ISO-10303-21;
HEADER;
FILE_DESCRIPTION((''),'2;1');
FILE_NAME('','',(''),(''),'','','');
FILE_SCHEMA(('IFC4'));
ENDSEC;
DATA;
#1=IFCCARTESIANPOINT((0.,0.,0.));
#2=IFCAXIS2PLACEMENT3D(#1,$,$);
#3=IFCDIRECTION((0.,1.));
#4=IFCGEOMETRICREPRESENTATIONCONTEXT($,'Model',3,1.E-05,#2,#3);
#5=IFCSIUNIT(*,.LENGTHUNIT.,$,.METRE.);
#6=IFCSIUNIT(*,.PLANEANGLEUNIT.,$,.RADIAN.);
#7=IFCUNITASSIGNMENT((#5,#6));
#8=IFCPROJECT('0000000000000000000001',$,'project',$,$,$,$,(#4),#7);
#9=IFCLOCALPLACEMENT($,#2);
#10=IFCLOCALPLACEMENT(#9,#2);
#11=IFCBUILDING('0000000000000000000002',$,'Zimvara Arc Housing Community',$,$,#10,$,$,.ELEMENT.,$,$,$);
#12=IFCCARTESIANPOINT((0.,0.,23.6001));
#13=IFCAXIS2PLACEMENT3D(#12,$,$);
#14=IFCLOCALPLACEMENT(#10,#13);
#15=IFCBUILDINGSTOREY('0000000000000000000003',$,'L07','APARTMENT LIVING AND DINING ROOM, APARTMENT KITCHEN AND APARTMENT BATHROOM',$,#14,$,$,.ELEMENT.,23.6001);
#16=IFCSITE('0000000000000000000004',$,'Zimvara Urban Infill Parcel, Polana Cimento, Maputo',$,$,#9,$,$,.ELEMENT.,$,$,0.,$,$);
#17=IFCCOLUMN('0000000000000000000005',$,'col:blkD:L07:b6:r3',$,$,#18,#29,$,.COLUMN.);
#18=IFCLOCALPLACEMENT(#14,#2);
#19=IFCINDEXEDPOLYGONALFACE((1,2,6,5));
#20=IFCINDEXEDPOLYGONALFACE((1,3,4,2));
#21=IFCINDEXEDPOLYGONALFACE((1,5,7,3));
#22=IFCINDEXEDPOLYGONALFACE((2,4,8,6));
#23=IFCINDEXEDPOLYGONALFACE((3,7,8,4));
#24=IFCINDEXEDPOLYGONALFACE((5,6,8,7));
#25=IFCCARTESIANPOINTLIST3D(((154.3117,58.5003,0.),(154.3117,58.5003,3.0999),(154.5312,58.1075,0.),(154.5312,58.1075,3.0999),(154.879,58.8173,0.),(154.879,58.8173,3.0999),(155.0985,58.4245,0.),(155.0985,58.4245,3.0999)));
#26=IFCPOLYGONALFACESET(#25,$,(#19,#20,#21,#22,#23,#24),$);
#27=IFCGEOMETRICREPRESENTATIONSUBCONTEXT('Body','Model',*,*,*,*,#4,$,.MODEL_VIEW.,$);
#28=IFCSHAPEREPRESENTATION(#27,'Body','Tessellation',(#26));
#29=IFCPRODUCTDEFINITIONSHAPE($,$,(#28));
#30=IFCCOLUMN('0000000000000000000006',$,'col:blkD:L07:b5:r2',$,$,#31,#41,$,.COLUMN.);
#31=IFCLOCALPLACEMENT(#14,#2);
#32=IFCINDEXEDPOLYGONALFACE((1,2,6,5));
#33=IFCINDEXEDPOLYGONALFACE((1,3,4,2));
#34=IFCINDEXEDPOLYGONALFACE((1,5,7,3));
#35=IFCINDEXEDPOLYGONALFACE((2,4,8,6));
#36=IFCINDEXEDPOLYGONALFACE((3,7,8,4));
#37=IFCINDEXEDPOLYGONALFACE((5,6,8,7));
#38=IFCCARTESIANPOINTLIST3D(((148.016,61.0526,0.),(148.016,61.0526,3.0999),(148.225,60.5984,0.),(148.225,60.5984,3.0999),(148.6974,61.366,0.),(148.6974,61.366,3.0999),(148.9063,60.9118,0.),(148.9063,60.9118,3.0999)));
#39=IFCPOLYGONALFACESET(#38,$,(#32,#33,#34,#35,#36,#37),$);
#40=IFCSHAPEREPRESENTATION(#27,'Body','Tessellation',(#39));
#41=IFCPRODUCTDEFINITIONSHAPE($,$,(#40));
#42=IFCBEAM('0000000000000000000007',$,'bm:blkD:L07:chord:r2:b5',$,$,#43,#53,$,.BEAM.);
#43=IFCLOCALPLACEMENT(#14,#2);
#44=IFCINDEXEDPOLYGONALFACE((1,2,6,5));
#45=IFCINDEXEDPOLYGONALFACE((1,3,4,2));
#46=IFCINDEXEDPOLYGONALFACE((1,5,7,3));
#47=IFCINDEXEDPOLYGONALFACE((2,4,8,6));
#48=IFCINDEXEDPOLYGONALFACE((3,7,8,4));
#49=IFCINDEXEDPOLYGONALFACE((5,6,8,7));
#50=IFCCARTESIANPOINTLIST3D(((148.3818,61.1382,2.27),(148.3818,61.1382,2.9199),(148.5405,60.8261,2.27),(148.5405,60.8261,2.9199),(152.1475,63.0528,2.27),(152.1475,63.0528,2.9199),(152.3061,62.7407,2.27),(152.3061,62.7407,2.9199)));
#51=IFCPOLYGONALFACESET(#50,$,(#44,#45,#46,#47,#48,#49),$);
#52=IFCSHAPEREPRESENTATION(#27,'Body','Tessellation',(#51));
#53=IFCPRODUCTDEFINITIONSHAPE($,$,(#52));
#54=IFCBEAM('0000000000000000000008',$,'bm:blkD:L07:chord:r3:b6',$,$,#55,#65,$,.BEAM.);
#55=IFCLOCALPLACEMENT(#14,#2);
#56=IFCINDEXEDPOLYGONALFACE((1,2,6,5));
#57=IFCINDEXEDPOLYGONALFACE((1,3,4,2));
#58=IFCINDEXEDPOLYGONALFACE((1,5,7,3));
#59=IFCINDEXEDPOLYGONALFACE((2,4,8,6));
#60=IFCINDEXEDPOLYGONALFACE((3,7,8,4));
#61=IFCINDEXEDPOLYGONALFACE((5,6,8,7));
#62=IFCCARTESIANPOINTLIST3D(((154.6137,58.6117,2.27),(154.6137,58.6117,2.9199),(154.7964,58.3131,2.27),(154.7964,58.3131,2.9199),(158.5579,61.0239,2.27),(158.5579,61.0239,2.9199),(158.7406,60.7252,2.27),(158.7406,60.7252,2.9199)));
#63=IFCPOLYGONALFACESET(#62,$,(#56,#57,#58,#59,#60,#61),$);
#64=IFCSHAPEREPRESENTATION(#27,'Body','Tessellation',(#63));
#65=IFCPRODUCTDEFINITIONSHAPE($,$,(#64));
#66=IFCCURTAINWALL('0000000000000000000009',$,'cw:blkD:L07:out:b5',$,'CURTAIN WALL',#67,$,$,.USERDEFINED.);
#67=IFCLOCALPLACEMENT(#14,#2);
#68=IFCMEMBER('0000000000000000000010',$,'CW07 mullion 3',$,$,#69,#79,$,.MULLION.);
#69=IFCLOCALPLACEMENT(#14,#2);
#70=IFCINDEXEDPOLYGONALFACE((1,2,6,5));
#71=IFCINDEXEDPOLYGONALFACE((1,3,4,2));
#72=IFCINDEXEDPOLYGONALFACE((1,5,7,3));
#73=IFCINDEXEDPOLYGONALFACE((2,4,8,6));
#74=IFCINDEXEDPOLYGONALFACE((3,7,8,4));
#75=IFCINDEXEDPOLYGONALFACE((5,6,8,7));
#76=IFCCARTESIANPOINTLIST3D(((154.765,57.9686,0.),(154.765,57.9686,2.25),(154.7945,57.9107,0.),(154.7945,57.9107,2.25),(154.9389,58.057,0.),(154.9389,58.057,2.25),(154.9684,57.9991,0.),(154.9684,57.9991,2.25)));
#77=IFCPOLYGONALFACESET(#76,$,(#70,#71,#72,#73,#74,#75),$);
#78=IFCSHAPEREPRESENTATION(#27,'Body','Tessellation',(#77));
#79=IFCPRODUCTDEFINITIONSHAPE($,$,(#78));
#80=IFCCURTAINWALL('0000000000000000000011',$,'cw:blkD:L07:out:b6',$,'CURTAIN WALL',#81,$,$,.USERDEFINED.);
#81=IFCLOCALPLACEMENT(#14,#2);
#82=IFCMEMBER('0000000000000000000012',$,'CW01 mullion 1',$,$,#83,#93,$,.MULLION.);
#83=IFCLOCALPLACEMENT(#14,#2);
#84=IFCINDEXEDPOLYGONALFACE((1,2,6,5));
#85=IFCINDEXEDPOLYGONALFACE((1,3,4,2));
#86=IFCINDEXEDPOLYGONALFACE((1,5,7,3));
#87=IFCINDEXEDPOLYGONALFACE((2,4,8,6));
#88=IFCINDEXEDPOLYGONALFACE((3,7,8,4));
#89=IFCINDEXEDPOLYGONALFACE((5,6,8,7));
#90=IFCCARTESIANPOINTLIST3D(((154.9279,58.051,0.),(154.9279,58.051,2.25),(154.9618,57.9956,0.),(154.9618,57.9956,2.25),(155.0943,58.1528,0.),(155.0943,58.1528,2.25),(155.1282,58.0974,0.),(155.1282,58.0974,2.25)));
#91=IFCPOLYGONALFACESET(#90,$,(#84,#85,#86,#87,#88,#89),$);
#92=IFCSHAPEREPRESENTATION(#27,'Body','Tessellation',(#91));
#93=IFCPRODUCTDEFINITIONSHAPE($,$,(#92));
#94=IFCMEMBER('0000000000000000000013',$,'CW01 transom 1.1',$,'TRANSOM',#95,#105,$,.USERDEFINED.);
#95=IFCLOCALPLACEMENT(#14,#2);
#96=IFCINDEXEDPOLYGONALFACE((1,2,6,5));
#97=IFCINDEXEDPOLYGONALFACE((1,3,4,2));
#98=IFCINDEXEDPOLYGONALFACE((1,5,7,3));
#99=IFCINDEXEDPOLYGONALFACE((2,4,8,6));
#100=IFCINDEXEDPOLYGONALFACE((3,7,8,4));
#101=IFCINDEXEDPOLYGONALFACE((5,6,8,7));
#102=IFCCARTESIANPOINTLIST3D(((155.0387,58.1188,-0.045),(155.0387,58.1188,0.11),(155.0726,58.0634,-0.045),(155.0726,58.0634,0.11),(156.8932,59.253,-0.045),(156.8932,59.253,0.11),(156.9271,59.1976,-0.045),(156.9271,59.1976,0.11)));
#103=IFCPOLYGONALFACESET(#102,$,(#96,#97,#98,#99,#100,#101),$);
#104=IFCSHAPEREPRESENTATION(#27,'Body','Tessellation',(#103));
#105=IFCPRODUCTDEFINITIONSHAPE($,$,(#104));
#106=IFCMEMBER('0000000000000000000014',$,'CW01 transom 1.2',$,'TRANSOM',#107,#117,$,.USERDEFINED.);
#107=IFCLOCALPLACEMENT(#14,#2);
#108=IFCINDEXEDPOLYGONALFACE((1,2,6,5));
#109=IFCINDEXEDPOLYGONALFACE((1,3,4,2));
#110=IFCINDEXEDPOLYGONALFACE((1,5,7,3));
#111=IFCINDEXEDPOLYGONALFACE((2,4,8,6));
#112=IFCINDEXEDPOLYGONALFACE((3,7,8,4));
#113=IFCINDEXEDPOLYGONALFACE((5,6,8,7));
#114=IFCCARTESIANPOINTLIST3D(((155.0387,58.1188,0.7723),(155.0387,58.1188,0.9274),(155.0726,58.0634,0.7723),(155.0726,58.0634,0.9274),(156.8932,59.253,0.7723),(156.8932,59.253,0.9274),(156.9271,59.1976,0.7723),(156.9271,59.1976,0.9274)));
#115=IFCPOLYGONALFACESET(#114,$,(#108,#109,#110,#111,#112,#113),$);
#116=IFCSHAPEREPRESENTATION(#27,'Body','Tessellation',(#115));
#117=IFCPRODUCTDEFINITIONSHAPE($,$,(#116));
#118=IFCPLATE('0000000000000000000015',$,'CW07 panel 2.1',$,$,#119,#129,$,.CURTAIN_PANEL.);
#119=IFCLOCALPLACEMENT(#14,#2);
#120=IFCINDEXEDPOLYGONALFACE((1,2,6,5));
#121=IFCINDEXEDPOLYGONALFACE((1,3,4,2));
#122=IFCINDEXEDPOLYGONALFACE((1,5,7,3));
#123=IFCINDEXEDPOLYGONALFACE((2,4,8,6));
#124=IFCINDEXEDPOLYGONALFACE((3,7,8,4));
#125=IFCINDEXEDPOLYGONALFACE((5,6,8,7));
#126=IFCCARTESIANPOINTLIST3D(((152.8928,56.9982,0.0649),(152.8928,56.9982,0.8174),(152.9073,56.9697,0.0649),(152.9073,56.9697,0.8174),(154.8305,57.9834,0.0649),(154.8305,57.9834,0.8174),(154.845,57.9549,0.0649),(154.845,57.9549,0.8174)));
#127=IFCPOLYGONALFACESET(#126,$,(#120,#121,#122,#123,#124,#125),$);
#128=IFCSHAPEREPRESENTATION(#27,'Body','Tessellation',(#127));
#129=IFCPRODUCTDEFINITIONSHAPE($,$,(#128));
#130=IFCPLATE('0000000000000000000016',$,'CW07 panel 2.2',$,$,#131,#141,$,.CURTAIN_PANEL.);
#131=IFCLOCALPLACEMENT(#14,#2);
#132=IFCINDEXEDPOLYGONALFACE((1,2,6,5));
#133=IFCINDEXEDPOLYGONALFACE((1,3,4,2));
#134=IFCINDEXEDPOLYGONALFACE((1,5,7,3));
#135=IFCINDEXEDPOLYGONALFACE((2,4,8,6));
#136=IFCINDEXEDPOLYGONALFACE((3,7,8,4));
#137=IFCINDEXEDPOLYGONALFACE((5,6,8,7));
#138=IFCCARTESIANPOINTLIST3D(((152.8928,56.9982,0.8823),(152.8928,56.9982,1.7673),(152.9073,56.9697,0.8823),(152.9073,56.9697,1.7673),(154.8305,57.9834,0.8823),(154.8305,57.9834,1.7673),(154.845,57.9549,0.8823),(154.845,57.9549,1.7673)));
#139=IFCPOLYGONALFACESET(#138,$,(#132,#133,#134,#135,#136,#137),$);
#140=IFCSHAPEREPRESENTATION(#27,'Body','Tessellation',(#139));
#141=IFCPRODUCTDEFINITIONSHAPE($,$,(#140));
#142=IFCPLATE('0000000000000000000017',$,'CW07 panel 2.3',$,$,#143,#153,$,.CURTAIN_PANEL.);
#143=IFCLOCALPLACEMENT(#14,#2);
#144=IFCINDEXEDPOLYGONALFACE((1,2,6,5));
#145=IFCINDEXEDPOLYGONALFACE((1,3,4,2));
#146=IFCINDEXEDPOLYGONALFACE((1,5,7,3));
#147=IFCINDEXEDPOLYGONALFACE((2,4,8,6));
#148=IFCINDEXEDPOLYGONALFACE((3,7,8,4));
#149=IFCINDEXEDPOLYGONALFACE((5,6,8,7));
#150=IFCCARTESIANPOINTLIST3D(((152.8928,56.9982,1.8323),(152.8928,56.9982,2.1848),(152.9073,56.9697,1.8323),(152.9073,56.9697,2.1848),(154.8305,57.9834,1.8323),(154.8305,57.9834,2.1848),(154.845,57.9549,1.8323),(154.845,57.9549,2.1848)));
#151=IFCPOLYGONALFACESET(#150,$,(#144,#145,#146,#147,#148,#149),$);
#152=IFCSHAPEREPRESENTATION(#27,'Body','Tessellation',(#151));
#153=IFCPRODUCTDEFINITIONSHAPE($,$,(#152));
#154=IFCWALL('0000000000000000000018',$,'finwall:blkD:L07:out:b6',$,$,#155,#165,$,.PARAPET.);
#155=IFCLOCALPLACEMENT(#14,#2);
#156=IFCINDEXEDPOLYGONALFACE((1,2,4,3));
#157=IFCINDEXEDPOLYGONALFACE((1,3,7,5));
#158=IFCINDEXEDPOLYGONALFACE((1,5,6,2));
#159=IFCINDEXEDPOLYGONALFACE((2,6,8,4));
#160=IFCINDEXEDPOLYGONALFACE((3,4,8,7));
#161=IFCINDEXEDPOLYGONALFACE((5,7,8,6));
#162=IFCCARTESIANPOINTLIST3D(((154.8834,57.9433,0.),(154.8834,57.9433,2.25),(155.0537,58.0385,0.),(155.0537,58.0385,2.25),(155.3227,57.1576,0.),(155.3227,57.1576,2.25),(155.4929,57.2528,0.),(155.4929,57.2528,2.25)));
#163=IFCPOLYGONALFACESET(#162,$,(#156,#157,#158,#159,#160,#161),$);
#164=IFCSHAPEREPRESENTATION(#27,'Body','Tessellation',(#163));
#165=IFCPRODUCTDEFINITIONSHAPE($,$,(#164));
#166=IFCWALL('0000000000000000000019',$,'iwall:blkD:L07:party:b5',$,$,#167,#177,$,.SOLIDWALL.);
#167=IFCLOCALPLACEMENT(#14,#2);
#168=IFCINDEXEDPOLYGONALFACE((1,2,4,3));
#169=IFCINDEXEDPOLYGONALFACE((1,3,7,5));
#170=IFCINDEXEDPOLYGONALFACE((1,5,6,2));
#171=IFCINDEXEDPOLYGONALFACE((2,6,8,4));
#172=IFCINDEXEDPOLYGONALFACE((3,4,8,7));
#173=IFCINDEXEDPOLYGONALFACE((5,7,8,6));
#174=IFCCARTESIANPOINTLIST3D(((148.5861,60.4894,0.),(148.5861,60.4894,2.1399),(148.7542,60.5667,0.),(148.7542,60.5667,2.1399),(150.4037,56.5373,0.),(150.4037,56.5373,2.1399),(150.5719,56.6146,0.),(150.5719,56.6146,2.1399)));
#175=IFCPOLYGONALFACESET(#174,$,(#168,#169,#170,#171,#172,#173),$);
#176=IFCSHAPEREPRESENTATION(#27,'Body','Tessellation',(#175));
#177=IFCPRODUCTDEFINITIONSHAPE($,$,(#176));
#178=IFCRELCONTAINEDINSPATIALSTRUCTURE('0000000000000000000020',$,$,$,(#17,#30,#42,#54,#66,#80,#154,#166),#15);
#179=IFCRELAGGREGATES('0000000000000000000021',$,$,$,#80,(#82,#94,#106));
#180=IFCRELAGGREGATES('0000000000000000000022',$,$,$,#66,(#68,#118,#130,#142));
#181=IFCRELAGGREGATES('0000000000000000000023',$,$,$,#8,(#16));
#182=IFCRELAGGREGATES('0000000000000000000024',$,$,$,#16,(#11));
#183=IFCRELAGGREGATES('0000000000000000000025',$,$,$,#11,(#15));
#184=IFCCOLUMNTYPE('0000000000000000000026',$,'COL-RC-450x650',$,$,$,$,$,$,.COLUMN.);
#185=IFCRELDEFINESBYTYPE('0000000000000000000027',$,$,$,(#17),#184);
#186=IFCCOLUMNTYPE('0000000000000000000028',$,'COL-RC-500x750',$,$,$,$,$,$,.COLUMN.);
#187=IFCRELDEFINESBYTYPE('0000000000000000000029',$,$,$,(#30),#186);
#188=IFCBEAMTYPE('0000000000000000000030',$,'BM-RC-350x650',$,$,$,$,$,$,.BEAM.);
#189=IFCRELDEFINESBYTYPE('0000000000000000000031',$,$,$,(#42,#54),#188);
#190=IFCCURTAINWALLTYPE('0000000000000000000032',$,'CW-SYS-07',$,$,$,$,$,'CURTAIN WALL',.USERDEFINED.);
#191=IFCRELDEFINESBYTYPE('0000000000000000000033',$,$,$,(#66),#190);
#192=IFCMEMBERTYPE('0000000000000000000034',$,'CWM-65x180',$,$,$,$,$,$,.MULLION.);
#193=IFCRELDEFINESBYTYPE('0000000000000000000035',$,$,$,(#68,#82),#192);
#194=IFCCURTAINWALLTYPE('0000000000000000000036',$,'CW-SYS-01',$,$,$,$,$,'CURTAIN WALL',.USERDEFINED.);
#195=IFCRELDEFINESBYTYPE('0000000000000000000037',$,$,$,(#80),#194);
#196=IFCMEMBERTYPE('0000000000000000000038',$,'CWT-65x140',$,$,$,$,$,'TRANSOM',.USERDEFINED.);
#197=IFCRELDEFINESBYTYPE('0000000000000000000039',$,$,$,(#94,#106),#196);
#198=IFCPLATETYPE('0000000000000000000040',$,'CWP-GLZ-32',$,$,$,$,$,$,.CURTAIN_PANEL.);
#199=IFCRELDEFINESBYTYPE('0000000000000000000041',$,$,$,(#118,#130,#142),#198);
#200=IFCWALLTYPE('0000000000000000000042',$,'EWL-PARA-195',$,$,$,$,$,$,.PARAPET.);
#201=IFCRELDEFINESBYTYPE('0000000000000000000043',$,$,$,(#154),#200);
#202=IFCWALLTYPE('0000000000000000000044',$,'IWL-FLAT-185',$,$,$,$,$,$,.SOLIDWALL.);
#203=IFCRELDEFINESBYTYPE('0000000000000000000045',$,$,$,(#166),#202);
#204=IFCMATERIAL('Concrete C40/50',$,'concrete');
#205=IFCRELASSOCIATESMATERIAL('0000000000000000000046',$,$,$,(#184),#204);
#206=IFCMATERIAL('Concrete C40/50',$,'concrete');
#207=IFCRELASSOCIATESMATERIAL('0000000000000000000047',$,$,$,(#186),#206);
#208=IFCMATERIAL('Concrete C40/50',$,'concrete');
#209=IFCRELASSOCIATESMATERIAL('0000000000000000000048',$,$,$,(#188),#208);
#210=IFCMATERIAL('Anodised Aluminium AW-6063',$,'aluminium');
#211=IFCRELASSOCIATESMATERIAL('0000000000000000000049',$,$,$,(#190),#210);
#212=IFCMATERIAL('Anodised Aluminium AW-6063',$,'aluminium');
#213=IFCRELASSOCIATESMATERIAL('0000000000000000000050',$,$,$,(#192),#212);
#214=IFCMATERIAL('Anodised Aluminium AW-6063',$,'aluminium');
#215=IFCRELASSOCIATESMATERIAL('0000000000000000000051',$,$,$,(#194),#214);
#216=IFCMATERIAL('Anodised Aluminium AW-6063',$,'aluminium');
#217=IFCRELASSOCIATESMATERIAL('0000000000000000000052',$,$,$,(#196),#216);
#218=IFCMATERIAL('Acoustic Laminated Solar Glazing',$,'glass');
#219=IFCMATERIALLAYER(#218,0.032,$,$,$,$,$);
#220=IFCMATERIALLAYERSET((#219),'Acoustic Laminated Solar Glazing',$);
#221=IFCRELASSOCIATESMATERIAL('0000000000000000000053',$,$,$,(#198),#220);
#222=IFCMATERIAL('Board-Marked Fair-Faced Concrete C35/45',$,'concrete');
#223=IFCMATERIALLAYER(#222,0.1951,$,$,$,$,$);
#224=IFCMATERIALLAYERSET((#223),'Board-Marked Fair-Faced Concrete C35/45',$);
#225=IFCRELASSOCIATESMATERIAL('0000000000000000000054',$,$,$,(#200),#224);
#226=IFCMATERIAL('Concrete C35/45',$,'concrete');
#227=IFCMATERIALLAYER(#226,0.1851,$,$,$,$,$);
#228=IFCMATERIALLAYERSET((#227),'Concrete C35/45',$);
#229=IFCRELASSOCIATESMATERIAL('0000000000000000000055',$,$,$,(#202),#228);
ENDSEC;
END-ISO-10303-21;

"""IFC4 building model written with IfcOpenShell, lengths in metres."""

from ifc_helpers import new_model, si_unit, direction, frame, frame_2d, origin, origin_2d, place, context, subcontext, project, spatial, rectangle, extrude, material, layer, layer_set, material_profile, profile_set, type_object, element, aggregate, save


model = new_model("IFC4")

# Units and contexts
model_context = context("Model", 3, precision=1e-05, world=origin(), true_north=direction((0.0, 1.0)))
body_context = subcontext(model_context, "Body", "Model", "MODEL_VIEW")
ifc_project = project(units=[si_unit("LENGTHUNIT", "METRE"), si_unit("PLANEANGLEUNIT", "RADIAN")], contexts=[model_context])

# Site, building, storey
site_placement = place(None, origin())
site = spatial("IfcSite", under=ifc_project, at=site_placement, Name="Zimvara Urban Infill Parcel, Polana Cimento, Maputo", CompositionType="ELEMENT", RefElevation=0.0)
building_placement = place(site_placement, origin())
building = spatial("IfcBuilding", under=site, at=building_placement, Name="Zimvara Arc Housing Community", CompositionType="ELEMENT")
storey_placement = place(building_placement, frame((0.0, 0.0, 23.6001)))
storey = spatial("IfcBuildingStorey", under=building, at=storey_placement, Name="L07", Description="APARTMENT LIVING AND DINING ROOM, APARTMENT KITCHEN AND APARTMENT BATHROOM", CompositionType="ELEMENT", Elevation=23.6001)

# Columns
ifc_material_1 = material(Name="Concrete C40/50", Category="concrete")
ifc_material_profile_1 = material_profile(ifc_material_1, rectangle(XDim=0.45, YDim=0.6499, at=origin_2d()), Name="RC 450x650")
ifc_profile_set_1 = profile_set([ifc_material_profile_1], Name="Concrete C40/50")
column_type_1 = type_object("IfcColumnType", Name="COL-RC-450x650", PredefinedType="COLUMN", material=ifc_profile_set_1)
column_1_placement = place(storey_placement, frame((154.7051, 58.4624, 0.0), z_axis=(0.0, 0.0, 1.0), x_axis=(0.48786, -0.872922, 0.0)))
element("IfcColumn", 1, at=column_1_placement, inside=storey, type_object=column_type_1, Name="col:blkD:L07:b6:r3", PredefinedType="COLUMN", context=body_context, shape_type="SweptSolid", body=[
    extrude(rectangle(XDim=0.45, YDim=0.6499, at=origin_2d()), origin(), (0.0, 0.0, 1.0), 3.0999),
])
ifc_material_2 = material(Name="Concrete C40/50", Category="concrete")
ifc_material_profile_2 = material_profile(ifc_material_2, rectangle(XDim=0.5, YDim=0.75, at=origin_2d()), Name="RC 500x750")
ifc_profile_set_2 = profile_set([ifc_material_profile_2], Name="Concrete C40/50")
column_type_2 = type_object("IfcColumnType", Name="COL-RC-500x750", PredefinedType="COLUMN", material=ifc_profile_set_2)
column_2_placement = place(storey_placement, frame((148.4612, 60.9822, 0.0), z_axis=(0.0, 0.0, 1.0), x_axis=(0.417867, -0.908508, 0.0)))
element("IfcColumn", 2, at=column_2_placement, inside=storey, type_object=column_type_2, Name="col:blkD:L07:b5:r2", PredefinedType="COLUMN", context=body_context, shape_type="SweptSolid", body=[
    extrude(rectangle(XDim=0.5, YDim=0.75, at=origin_2d()), origin(), (0.0, 0.0, 1.0), 3.0999),
])

# Beams
ifc_material_3 = material(Name="Concrete C40/50", Category="concrete")
ifc_material_profile_3 = material_profile(ifc_material_3, rectangle(XDim=0.3501, YDim=0.6499, at=origin_2d()), Name="RC 350x650")
ifc_profile_set_3 = profile_set([ifc_material_profile_3], Name="Concrete C40/50")
beam_type = type_object("IfcBeamType", Name="BM-RC-350x650", PredefinedType="BEAM", material=ifc_profile_set_3)
beam_1_placement = place(storey_placement, frame((148.4612, 60.9822, 2.595), z_axis=(0.891402, 0.453214, 0.0), x_axis=(-0.453214, 0.891402, 0.0)))
element("IfcBeam", 3, at=beam_1_placement, inside=storey, type_object=beam_type, Name="bm:blkD:L07:chord:r2:b5", PredefinedType="BEAM", context=body_context, shape_type="SweptSolid", body=[
    extrude(rectangle(XDim=0.3501, YDim=0.6499, at=origin_2d()), origin(), (0.0, 0.0, 1.0), 4.2244),
])
beam_2_placement = place(storey_placement, frame((154.7051, 58.4624, 2.595), z_axis=(0.853106, 0.521738, 0.0), x_axis=(-0.521738, 0.853106, 0.0)))
element("IfcBeam", 4, at=beam_2_placement, inside=storey, type_object=beam_type, Name="bm:blkD:L07:chord:r3:b6", PredefinedType="BEAM", context=body_context, shape_type="SweptSolid", body=[
    extrude(rectangle(XDim=0.3501, YDim=0.6499, at=origin_2d()), origin(), (0.0, 0.0, 1.0), 4.6233),
])

# Curtain wall, member
ifc_material_4 = material(Name="Anodised Aluminium AW-6063", Category="aluminium")
curtain_wall_type_1 = type_object("IfcCurtainWallType", Name="CW-SYS-07", ElementType="CURTAIN WALL", PredefinedType="USERDEFINED", material=ifc_material_4)
curtain_wall_1_placement = place(storey_placement, origin())
curtain_wall_1 = element("IfcCurtainWall", 5, at=curtain_wall_1_placement, inside=storey, type_object=curtain_wall_type_1, Name="cw:blkD:L07:out:b5", ObjectType="CURTAIN WALL", PredefinedType="USERDEFINED")
ifc_material_5 = material(Name="Anodised Aluminium AW-6063", Category="aluminium")
ifc_material_profile_4 = material_profile(ifc_material_5, rectangle(XDim=0.0649, YDim=0.1951, at=origin_2d()), Name="ALU 65x195")
ifc_profile_set_4 = profile_set([ifc_material_profile_4], Name="Anodised Aluminium AW-6063")
member_type_1 = type_object("IfcMemberType", Name="CWM-65x180", PredefinedType="MULLION", material=ifc_profile_set_4)
member_1_placement = place(storey_placement, frame((154.8667, 57.9839, 0.0), z_axis=(0.0, 0.0, 1.0), x_axis=(-0.453212, 0.891403, 0.0)))
member_1 = element("IfcMember", 6, at=member_1_placement, type_object=member_type_1, Name="CW07 mullion 3", PredefinedType="MULLION", context=body_context, shape_type="SweptSolid", body=[
    extrude(rectangle(XDim=0.0649, YDim=0.1951, at=origin_2d()), origin(), (0.0, 0.0, 1.0), 2.25),
])

# Curtain wall, members
ifc_material_6 = material(Name="Anodised Aluminium AW-6063", Category="aluminium")
curtain_wall_type_2 = type_object("IfcCurtainWallType", Name="CW-SYS-01", ElementType="CURTAIN WALL", PredefinedType="USERDEFINED", material=ifc_material_6)
curtain_wall_2_placement = place(storey_placement, origin())
curtain_wall_2 = element("IfcCurtainWall", 7, at=curtain_wall_2_placement, inside=storey, type_object=curtain_wall_type_2, Name="cw:blkD:L07:out:b6", ObjectType="CURTAIN WALL", PredefinedType="USERDEFINED")
member_2_placement = place(storey_placement, frame((155.0281, 58.0742, 0.0), z_axis=(0.0, 0.0, 1.0), x_axis=(-0.521754, 0.853096, 0.0)))
member_2 = element("IfcMember", 8, at=member_2_placement, type_object=member_type_1, Name="CW01 mullion 1", PredefinedType="MULLION", context=body_context, shape_type="SweptSolid", body=[
    extrude(rectangle(XDim=0.0649, YDim=0.1951, at=origin_2d()), origin(), (0.0, 0.0, 1.0), 2.25),
])
ifc_material_7 = material(Name="Anodised Aluminium AW-6063", Category="aluminium")
ifc_material_profile_5 = material_profile(ifc_material_7, rectangle(XDim=0.0649, YDim=0.155, at=origin_2d()), Name="ALU 65x155")
ifc_profile_set_5 = profile_set([ifc_material_profile_5], Name="Anodised Aluminium AW-6063")
member_type_2 = type_object("IfcMemberType", Name="CWT-65x140", ElementType="TRANSOM", PredefinedType="USERDEFINED", material=ifc_profile_set_5)
member_3_placement = place(storey_placement, frame((155.0557, 58.0911, 0.0325), z_axis=(0.853082, 0.521777, 0.0), x_axis=(-0.521777, 0.853082, 0.0)))
member_3 = element("IfcMember", 9, at=member_3_placement, type_object=member_type_2, Name="CW01 transom 1.1", ObjectType="TRANSOM", PredefinedType="USERDEFINED", context=body_context, shape_type="SweptSolid", body=[
    extrude(rectangle(XDim=0.0649, YDim=0.155, at=origin_2d()), origin(), (0.0, 0.0, 1.0), 2.1738),
])
member_4_placement = place(storey_placement, frame((155.0557, 58.0911, 0.8499), z_axis=(0.853082, 0.521777, 0.0), x_axis=(-0.521777, 0.853082, 0.0)))
member_4 = element("IfcMember", 10, at=member_4_placement, type_object=member_type_2, Name="CW01 transom 1.2", ObjectType="TRANSOM", PredefinedType="USERDEFINED", context=body_context, shape_type="SweptSolid", body=[
    extrude(rectangle(XDim=0.0649, YDim=0.155, at=origin_2d()), origin(), (0.0, 0.0, 1.0), 2.1738),
])
aggregate(curtain_wall_2, [member_2, member_3, member_4])

# Plates
ifc_material_8 = material(Name="Acoustic Laminated Solar Glazing", Category="glass")
ifc_layer_1 = layer(ifc_material_8, 0.032)
ifc_layer_set_1 = layer_set([ifc_layer_1], Name="Acoustic Laminated Solar Glazing")
plate_type = type_object("IfcPlateType", Name="CWP-GLZ-32", PredefinedType="CURTAIN_PANEL", material=ifc_layer_set_1)
plate_1_placement = place(storey_placement, frame((153.8689, 57.4766, 0.0649), z_axis=(0.0, 0.0, 1.0), x_axis=(0.891403, 0.453212, 0.0)))
plate_1 = element("IfcPlate", 11, at=plate_1_placement, type_object=plate_type, Name="CW07 panel 2.1", PredefinedType="CURTAIN_PANEL", context=body_context, shape_type="SweptSolid", body=[
    extrude(rectangle(XDim=2.1738, YDim=0.032, at=origin_2d()), origin(), (0.0, 0.0, 1.0), 0.7524),
])
plate_2_placement = place(storey_placement, frame((153.8689, 57.4766, 0.8823), z_axis=(0.0, 0.0, 1.0), x_axis=(0.891403, 0.453212, 0.0)))
plate_2 = element("IfcPlate", 12, at=plate_2_placement, type_object=plate_type, Name="CW07 panel 2.2", PredefinedType="CURTAIN_PANEL", context=body_context, shape_type="SweptSolid", body=[
    extrude(rectangle(XDim=2.1738, YDim=0.032, at=origin_2d()), origin(), (0.0, 0.0, 1.0), 0.885),
])
plate_3_placement = place(storey_placement, frame((153.8689, 57.4766, 1.8323), z_axis=(0.0, 0.0, 1.0), x_axis=(0.891403, 0.453212, 0.0)))
plate_3 = element("IfcPlate", 13, at=plate_3_placement, type_object=plate_type, Name="CW07 panel 2.3", PredefinedType="CURTAIN_PANEL", context=body_context, shape_type="SweptSolid", body=[
    extrude(rectangle(XDim=2.1738, YDim=0.032, at=origin_2d()), origin(), (0.0, 0.0, 1.0), 0.3525),
])
aggregate(curtain_wall_1, [member_1, plate_1, plate_2, plate_3])

# Walls
ifc_material_9 = material(Name="Board-Marked Fair-Faced Concrete C35/45", Category="concrete")
ifc_layer_2 = layer(ifc_material_9, 0.1951)
ifc_layer_set_2 = layer_set([ifc_layer_2], Name="Board-Marked Fair-Faced Concrete C35/45")
wall_type_1 = type_object("IfcWallType", Name="EWL-PARA-195", PredefinedType="PARAPET", material=ifc_layer_set_2)
wall_1_placement = place(storey_placement, frame((154.9685, 57.991, 0.0), z_axis=(0.0, 0.0, 1.0), x_axis=(0.487967, -0.872862, 0.0)))
element("IfcWall", 14, at=wall_1_placement, inside=storey, type_object=wall_type_1, Name="finwall:blkD:L07:out:b6", PredefinedType="PARAPET", context=body_context, shape_type="SweptSolid", body=[
    extrude(rectangle(XDim=0.9001, YDim=0.1951, at=frame_2d((0.4502, 0.0))), origin(), (0.0, 0.0, 1.0), 2.25),
])
ifc_material_10 = material(Name="Concrete C35/45", Category="concrete")
ifc_layer_3 = layer(ifc_material_10, 0.1851)
ifc_layer_set_3 = layer_set([ifc_layer_3], Name="Concrete C35/45")
wall_type_2 = type_object("IfcWallType", Name="IWL-FLAT-185", PredefinedType="SOLIDWALL", material=ifc_layer_set_3)
wall_2_placement = place(storey_placement, frame((148.6702, 60.5281, 0.0), z_axis=(0.0, 0.0, 1.0), x_axis=(0.417837, -0.908522, 0.0)))
element("IfcWall", 15, at=wall_2_placement, inside=storey, type_object=wall_type_2, Name="iwall:blkD:L07:party:b5", PredefinedType="SOLIDWALL", context=body_context, shape_type="SweptSolid", body=[
    extrude(rectangle(XDim=4.3501, YDim=0.1851, at=frame_2d((2.175, 0.0))), origin(), (0.0, 0.0, 1.0), 2.1399),
])

save(model, "model.ifc")
